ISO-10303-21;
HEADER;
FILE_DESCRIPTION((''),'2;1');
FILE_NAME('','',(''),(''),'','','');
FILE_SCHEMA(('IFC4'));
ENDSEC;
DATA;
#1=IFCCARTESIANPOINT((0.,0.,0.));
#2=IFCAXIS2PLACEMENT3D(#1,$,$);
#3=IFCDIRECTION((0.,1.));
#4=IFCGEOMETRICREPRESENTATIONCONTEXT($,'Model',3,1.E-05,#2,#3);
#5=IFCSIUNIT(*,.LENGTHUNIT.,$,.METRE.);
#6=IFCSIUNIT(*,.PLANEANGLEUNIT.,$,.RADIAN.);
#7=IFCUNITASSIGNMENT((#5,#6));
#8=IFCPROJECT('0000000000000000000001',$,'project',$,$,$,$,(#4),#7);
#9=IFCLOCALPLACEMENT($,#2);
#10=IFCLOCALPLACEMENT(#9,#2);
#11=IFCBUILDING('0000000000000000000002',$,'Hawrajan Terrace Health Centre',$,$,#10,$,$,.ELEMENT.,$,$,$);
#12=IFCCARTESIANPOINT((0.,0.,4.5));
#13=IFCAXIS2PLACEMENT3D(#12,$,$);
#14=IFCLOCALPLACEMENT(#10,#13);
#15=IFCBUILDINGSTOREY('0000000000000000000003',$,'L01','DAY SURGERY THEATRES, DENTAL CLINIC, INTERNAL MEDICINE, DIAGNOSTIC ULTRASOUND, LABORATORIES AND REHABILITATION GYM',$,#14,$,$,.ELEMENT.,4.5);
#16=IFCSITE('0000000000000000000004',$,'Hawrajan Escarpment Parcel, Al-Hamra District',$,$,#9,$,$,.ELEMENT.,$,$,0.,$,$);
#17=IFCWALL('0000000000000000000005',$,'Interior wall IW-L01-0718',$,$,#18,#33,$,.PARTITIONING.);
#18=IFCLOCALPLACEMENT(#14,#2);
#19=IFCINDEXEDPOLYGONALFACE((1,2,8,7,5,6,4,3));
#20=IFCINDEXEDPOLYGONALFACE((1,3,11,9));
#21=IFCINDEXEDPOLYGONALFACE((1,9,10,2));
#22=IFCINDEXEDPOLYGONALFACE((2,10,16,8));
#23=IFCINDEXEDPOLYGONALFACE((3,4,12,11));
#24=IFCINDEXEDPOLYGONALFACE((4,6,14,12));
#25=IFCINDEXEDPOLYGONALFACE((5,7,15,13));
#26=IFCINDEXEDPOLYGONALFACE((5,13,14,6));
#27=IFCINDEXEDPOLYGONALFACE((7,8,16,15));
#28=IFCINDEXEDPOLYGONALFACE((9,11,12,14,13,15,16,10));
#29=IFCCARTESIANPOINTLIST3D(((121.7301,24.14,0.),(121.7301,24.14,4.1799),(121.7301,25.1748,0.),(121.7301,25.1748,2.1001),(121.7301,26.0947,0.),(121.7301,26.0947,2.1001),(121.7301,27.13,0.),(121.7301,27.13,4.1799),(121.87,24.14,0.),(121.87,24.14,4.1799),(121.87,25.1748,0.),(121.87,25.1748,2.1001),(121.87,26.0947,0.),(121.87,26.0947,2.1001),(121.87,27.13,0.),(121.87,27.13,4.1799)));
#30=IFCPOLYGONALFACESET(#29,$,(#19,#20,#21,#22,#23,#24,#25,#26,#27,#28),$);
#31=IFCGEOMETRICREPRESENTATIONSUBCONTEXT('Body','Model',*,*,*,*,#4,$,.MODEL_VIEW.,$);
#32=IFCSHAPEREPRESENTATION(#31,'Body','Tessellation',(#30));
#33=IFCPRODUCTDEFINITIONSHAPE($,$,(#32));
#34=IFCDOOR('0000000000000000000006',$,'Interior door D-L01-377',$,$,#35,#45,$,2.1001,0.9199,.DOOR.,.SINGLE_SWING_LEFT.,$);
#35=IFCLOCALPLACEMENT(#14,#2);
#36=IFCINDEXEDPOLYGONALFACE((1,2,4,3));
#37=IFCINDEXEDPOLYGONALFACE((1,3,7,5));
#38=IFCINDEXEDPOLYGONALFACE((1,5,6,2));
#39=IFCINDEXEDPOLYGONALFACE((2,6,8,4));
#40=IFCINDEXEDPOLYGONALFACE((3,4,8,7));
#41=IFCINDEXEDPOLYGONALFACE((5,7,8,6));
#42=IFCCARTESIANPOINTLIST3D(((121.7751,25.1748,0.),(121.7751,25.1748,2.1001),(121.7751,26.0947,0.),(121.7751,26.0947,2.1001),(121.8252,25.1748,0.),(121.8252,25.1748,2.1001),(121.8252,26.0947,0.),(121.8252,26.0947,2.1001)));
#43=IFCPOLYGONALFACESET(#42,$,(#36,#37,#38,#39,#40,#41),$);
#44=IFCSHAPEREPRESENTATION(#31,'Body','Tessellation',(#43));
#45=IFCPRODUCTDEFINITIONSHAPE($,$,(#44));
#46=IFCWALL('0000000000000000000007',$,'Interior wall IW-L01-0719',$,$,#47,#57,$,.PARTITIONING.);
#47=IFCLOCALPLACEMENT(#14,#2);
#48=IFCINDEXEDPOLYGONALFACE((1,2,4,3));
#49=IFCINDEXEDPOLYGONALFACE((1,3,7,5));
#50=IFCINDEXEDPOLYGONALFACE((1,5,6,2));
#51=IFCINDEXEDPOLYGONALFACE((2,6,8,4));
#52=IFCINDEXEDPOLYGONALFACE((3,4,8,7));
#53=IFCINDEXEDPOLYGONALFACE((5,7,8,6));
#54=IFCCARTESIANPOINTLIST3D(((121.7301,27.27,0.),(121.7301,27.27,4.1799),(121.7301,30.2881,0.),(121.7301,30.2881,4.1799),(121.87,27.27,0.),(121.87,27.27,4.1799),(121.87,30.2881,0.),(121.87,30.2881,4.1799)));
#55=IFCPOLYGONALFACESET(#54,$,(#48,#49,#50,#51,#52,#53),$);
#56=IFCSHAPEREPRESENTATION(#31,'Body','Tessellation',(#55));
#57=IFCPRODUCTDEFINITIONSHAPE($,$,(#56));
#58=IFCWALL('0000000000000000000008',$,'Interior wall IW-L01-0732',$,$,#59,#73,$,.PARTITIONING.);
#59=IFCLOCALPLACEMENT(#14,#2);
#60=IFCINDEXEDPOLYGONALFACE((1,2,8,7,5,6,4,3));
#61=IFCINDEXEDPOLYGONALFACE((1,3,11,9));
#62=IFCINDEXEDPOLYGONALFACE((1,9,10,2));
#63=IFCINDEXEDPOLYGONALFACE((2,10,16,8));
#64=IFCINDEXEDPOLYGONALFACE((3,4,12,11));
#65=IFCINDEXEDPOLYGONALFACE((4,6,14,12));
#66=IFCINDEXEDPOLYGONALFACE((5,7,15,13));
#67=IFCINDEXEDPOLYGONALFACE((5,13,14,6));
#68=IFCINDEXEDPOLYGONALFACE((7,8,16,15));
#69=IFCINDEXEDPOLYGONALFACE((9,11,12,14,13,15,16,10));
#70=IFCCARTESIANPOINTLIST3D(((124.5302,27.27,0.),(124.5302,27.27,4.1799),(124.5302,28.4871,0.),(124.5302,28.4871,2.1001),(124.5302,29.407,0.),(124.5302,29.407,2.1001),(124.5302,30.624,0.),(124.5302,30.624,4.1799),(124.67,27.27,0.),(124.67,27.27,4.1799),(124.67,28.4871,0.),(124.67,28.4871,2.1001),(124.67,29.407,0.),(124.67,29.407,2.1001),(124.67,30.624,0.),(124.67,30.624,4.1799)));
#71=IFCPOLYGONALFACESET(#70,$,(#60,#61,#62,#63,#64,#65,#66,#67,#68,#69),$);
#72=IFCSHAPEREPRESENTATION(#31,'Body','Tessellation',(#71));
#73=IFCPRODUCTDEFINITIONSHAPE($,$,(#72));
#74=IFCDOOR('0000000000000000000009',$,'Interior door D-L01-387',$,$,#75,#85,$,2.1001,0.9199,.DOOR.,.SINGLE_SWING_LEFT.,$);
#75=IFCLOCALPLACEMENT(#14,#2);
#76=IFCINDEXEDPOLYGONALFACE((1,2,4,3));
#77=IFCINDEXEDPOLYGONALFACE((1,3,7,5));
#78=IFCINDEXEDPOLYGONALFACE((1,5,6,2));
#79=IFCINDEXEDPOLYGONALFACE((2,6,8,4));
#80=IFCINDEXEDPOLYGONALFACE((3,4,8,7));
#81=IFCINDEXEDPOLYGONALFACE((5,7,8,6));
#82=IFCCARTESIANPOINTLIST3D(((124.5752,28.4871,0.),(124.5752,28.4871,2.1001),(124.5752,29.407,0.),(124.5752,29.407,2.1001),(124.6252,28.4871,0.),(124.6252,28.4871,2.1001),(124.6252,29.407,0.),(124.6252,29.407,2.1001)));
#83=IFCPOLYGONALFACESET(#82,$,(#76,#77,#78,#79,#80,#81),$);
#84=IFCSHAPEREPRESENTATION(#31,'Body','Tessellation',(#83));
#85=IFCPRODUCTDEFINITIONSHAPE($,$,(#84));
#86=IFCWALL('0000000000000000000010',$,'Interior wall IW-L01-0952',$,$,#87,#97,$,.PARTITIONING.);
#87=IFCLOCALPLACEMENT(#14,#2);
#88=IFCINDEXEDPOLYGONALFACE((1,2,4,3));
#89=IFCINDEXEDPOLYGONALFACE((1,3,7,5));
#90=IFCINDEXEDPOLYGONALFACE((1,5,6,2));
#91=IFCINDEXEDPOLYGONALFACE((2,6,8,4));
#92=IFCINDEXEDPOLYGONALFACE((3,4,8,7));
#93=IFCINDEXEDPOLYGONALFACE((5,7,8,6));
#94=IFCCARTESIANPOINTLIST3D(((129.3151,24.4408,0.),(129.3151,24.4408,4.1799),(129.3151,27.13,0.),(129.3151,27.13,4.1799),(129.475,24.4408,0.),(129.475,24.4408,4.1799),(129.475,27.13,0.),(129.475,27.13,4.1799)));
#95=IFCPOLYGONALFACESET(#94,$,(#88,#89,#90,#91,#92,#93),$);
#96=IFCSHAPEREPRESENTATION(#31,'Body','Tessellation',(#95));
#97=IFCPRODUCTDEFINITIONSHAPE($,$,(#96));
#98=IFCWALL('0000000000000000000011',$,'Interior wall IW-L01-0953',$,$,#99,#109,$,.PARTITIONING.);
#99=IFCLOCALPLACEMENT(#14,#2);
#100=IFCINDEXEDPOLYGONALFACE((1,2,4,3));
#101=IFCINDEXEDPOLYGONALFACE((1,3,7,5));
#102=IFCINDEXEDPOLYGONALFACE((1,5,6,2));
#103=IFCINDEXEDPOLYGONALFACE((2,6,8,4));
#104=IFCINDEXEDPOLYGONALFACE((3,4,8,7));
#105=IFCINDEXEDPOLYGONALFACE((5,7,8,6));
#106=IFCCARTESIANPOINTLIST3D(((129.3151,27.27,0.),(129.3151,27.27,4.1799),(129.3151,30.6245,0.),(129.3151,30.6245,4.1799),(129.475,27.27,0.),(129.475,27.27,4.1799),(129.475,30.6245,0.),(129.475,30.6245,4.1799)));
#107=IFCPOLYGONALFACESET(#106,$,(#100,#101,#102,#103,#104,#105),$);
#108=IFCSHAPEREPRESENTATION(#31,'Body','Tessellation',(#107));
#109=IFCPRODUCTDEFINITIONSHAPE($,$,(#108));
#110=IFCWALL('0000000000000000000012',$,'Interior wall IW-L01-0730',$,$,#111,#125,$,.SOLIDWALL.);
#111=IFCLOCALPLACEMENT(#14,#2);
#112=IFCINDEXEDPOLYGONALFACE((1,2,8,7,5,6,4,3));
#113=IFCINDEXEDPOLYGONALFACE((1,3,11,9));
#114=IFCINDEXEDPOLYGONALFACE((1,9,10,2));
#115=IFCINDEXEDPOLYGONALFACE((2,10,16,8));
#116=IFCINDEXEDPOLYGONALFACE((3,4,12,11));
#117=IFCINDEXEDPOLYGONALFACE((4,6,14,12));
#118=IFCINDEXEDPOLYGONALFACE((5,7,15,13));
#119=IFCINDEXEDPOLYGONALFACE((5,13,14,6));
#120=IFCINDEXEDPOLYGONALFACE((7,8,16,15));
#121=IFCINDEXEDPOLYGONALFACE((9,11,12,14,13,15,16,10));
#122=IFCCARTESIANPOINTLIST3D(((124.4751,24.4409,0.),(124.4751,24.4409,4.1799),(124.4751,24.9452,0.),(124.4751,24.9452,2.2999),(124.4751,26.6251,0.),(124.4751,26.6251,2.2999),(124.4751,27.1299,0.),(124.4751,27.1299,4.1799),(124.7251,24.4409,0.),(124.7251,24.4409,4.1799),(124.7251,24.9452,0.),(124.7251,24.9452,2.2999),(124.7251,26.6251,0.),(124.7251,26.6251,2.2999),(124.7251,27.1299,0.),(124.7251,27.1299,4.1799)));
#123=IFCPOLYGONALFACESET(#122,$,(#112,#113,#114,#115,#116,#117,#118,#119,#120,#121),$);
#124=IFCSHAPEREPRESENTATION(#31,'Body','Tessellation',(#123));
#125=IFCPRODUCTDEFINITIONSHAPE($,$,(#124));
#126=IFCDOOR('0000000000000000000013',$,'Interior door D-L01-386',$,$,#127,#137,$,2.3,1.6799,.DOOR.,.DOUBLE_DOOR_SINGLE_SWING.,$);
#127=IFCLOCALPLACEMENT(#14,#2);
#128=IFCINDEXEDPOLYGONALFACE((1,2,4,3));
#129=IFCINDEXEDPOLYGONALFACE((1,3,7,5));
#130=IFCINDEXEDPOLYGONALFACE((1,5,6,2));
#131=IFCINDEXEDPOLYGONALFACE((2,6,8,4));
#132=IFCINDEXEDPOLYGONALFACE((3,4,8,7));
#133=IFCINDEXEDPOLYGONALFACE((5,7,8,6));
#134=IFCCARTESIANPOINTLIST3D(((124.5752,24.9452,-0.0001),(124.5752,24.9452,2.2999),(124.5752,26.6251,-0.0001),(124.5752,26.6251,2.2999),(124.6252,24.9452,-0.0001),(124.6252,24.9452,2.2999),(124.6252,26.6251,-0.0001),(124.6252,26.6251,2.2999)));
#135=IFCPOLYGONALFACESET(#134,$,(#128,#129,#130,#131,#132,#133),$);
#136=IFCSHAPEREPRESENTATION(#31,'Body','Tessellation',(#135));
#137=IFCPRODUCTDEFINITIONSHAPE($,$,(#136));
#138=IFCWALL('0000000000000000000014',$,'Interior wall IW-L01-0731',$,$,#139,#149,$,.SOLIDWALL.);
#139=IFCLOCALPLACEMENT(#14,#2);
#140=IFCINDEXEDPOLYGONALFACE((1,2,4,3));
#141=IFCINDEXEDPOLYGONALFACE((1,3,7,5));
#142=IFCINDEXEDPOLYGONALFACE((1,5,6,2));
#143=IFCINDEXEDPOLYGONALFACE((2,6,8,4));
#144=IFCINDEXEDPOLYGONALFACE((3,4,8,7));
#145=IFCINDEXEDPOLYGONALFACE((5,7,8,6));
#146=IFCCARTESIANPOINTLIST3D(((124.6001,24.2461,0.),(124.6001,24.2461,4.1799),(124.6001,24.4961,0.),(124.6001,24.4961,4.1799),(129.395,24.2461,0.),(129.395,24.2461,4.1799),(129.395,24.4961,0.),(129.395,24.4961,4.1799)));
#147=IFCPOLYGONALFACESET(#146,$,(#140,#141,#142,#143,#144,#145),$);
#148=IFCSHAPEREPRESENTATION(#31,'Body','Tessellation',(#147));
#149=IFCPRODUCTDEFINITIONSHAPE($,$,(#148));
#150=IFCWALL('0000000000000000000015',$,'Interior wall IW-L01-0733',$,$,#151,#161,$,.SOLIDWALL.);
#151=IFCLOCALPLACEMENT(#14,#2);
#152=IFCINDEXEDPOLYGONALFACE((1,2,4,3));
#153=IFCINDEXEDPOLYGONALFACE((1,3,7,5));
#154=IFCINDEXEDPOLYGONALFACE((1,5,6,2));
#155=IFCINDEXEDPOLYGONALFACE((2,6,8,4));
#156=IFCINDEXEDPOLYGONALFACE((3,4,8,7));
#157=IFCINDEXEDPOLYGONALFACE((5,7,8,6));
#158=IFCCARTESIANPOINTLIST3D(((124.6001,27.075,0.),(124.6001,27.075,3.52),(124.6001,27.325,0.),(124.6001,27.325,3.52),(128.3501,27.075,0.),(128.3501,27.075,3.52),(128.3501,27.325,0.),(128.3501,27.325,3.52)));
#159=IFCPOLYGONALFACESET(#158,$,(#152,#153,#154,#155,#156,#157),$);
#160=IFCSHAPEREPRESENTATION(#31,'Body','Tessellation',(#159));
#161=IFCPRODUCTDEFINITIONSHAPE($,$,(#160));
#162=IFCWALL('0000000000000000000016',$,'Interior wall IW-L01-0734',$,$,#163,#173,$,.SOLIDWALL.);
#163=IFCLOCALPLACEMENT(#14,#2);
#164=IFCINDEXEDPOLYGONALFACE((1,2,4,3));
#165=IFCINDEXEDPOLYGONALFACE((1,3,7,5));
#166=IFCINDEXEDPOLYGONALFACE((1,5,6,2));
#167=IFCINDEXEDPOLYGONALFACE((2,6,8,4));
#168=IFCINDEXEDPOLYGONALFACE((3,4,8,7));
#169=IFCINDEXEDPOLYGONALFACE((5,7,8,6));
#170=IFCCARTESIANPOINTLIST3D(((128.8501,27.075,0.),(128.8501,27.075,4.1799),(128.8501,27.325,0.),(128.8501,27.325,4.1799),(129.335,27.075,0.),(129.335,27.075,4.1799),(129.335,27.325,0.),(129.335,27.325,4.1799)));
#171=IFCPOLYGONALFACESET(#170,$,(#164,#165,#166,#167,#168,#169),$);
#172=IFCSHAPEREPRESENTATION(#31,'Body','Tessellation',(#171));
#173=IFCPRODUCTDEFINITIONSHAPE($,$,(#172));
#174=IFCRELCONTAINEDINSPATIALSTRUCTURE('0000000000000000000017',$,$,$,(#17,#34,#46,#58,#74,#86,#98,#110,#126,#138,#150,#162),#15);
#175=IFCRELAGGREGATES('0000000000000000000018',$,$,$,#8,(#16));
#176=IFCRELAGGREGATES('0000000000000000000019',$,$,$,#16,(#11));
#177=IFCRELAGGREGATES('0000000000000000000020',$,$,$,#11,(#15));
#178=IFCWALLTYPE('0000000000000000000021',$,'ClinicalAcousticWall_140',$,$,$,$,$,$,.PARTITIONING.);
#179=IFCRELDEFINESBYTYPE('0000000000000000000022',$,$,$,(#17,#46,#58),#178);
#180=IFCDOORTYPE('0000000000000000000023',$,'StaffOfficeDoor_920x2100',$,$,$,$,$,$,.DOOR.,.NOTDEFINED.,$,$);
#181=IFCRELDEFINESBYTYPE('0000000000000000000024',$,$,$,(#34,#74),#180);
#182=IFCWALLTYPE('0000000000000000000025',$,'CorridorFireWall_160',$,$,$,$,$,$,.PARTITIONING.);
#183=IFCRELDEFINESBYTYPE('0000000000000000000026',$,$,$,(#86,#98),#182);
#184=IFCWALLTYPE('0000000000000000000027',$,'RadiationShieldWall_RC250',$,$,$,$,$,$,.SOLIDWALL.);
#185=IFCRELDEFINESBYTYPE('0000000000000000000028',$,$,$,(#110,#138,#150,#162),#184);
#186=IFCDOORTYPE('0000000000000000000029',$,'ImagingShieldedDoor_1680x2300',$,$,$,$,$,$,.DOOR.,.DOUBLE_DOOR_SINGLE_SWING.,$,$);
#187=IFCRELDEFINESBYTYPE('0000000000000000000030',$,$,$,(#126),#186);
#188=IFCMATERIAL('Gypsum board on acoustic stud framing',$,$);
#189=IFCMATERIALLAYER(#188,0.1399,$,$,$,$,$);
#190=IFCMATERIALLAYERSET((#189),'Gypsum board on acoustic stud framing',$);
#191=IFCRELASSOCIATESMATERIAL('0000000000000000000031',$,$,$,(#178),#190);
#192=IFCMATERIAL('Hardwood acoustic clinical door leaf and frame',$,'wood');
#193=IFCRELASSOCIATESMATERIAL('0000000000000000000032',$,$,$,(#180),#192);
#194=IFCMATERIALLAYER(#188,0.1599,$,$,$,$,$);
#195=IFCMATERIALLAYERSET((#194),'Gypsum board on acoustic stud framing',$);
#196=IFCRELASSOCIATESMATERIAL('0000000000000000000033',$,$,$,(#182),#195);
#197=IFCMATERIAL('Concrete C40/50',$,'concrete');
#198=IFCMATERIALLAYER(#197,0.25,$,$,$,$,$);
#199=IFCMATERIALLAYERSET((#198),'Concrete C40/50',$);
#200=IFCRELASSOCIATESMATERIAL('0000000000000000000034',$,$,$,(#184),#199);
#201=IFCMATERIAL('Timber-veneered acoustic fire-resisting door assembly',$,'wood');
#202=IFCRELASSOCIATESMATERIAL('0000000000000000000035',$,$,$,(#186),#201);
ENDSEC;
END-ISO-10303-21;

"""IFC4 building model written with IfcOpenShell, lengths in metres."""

from ifc_helpers import new_model, si_unit, direction, frame, frame_2d, origin, place, context, subcontext, project, spatial, rectangle, extrude, material, layer, layer_set, type_object, element, fill, save


model = new_model("IFC4")

# Units and contexts
model_context = context("Model", 3, precision=1e-05, world=origin(), true_north=direction((0.0, 1.0)))
body_context = subcontext(model_context, "Body", "Model", "MODEL_VIEW")
ifc_project = project(units=[si_unit("LENGTHUNIT", "METRE"), si_unit("PLANEANGLEUNIT", "RADIAN")], contexts=[model_context])

# Site, building, storey
site_placement = place(None, origin())
site = spatial("IfcSite", under=ifc_project, at=site_placement, Name="Hawrajan Escarpment Parcel, Al-Hamra District", CompositionType="ELEMENT", RefElevation=0.0)
building_placement = place(site_placement, origin())
building = spatial("IfcBuilding", under=site, at=building_placement, Name="Hawrajan Terrace Health Centre", CompositionType="ELEMENT")
storey_placement = place(building_placement, frame((0.0, 0.0, 4.5)))
storey = spatial("IfcBuildingStorey", under=building, at=storey_placement, Name="L01", Description="DAY SURGERY THEATRES, DENTAL CLINIC, INTERNAL MEDICINE, DIAGNOSTIC ULTRASOUND, LABORATORIES AND REHABILITATION GYM", CompositionType="ELEMENT", Elevation=4.5)

# Shared definitions
ifc_material_1 = material(Name="Concrete C40/50", Category="concrete")

# Wall, opening, door
ifc_material_2 = material(Name="Gypsum board on acoustic stud framing")
ifc_layer_1 = layer(ifc_material_2, 0.1399)
ifc_layer_set_1 = layer_set([ifc_layer_1], Name="Gypsum board on acoustic stud framing")
wall_type_1 = type_object("IfcWallType", Name="ClinicalAcousticWall_140", PredefinedType="PARTITIONING", material=ifc_layer_set_1)
wall_1_placement = place(storey_placement, frame((121.8, 24.1399, 0.0), z_axis=(0.0, 0.0, 1.0), x_axis=(0.0, 1.0, 0.0)))
wall_1 = element("IfcWall", 1, at=wall_1_placement, inside=storey, type_object=wall_type_1, Name="Interior wall IW-L01-0718", PredefinedType="PARTITIONING", context=body_context, shape_type="SweptSolid", body=[
    extrude(rectangle(XDim=2.99, YDim=0.1399, at=frame_2d((1.4951, 0.0))), origin(), (0.0, 0.0, 1.0), 4.1799),
])
opening_1_placement = place(wall_1_placement, frame((1.0349, 0.0, 0.0)))
opening_1 = element("IfcOpeningElement", 2, at=opening_1_placement, cuts=wall_1, PredefinedType="OPENING", context=body_context, shape_type="SweptSolid", body=[
    extrude(rectangle(XDim=0.9199, YDim=2.1001, at=frame_2d((0.46, 1.05))), frame((0.0, 0.0798, 0.0), z_axis=(0.0, -1.0, 0.0), x_axis=(1.0, 0.0, 0.0)), (0.0, 0.0, 1.0), 0.1599),
])
ifc_material_3 = material(Name="Hardwood acoustic clinical door leaf and frame", Category="wood")
door_type_1 = type_object("IfcDoorType", Name="StaffOfficeDoor_920x2100", OperationType="NOTDEFINED", PredefinedType="DOOR", material=ifc_material_3)
door_1_placement = place(opening_1_placement, origin())
door_1 = element("IfcDoor", 3, at=door_1_placement, inside=storey, type_object=door_type_1, Name="Interior door D-L01-377", OperationType="SINGLE_SWING_LEFT", OverallHeight=2.1001, OverallWidth=0.9199, PredefinedType="DOOR", context=body_context, shape_type="SweptSolid", body=[
    extrude(rectangle(XDim=0.9199, YDim=2.1001, at=frame_2d((0.46, 1.05))), frame((0.0, 0.0249, 0.0), z_axis=(0.0, -1.0, 0.0), x_axis=(1.0, 0.0, 0.0)), (0.0, 0.0, 1.0), 0.05),
])
fill(opening_1, door_1)

# Wall
wall_2_placement = place(storey_placement, frame((121.8, 27.27, 0.0), z_axis=(0.0, 0.0, 1.0), x_axis=(0.0, 1.0, 0.0)))
element("IfcWall", 4, at=wall_2_placement, inside=storey, type_object=wall_type_1, Name="Interior wall IW-L01-0719", PredefinedType="PARTITIONING", context=body_context, shape_type="SweptSolid", body=[
    extrude(rectangle(XDim=3.0181, YDim=0.1399, at=frame_2d((1.509, 0.0))), origin(), (0.0, 0.0, 1.0), 4.1799),
])

# Wall, opening, door
wall_3_placement = place(storey_placement, frame((124.6001, 27.27, 0.0), z_axis=(0.0, 0.0, 1.0), x_axis=(0.0, 1.0, 0.0)))
wall_3 = element("IfcWall", 5, at=wall_3_placement, inside=storey, type_object=wall_type_1, Name="Interior wall IW-L01-0732", PredefinedType="PARTITIONING", context=body_context, shape_type="SweptSolid", body=[
    extrude(rectangle(XDim=3.354, YDim=0.1399, at=frame_2d((1.677, 0.0))), origin(), (0.0, 0.0, 1.0), 4.1799),
])
opening_2_placement = place(wall_3_placement, frame((1.217, 0.0, 0.0)))
opening_2 = element("IfcOpeningElement", 6, at=opening_2_placement, cuts=wall_3, PredefinedType="OPENING", context=body_context, shape_type="SweptSolid", body=[
    extrude(rectangle(XDim=0.9199, YDim=2.1001, at=frame_2d((0.46, 1.05))), frame((0.0, 0.0798, 0.0), z_axis=(0.0, -1.0, 0.0), x_axis=(1.0, 0.0, 0.0)), (0.0, 0.0, 1.0), 0.1599),
])
door_2_placement = place(opening_2_placement, origin())
door_2 = element("IfcDoor", 7, at=door_2_placement, inside=storey, type_object=door_type_1, Name="Interior door D-L01-387", OperationType="SINGLE_SWING_LEFT", OverallHeight=2.1001, OverallWidth=0.9199, PredefinedType="DOOR", context=body_context, shape_type="SweptSolid", body=[
    extrude(rectangle(XDim=0.9199, YDim=2.1001, at=frame_2d((0.46, 1.05))), frame((0.0, 0.0249, 0.0), z_axis=(0.0, -1.0, 0.0), x_axis=(1.0, 0.0, 0.0)), (0.0, 0.0, 1.0), 0.05),
])
fill(opening_2, door_2)

# Walls
ifc_layer_2 = layer(ifc_material_2, 0.1599)
ifc_layer_set_2 = layer_set([ifc_layer_2], Name="Gypsum board on acoustic stud framing")
wall_type_2 = type_object("IfcWallType", Name="CorridorFireWall_160", PredefinedType="PARTITIONING", material=ifc_layer_set_2)
wall_4_placement = place(storey_placement, frame((129.395, 24.4407, 0.0), z_axis=(0.0, 0.0, 1.0), x_axis=(0.0, 1.0, 0.0)))
element("IfcWall", 8, at=wall_4_placement, inside=storey, type_object=wall_type_2, Name="Interior wall IW-L01-0952", PredefinedType="PARTITIONING", context=body_context, shape_type="SweptSolid", body=[
    extrude(rectangle(XDim=2.6892, YDim=0.1599, at=frame_2d((1.3447, 0.0))), origin(), (0.0, 0.0, 1.0), 4.1799),
])
wall_5_placement = place(storey_placement, frame((129.395, 27.27, 0.0), z_axis=(0.0, 0.0, 1.0), x_axis=(0.0, 1.0, 0.0)))
element("IfcWall", 9, at=wall_5_placement, inside=storey, type_object=wall_type_2, Name="Interior wall IW-L01-0953", PredefinedType="PARTITIONING", context=body_context, shape_type="SweptSolid", body=[
    extrude(rectangle(XDim=3.3545, YDim=0.1599, at=frame_2d((1.6772, 0.0))), origin(), (0.0, 0.0, 1.0), 4.1799),
])

# Wall, opening, door
ifc_layer_3 = layer(ifc_material_1, 0.25)
ifc_layer_set_3 = layer_set([ifc_layer_3], Name="Concrete C40/50")
wall_type_3 = type_object("IfcWallType", Name="RadiationShieldWall_RC250", PredefinedType="SOLIDWALL", material=ifc_layer_set_3)
wall_6_placement = place(storey_placement, frame((124.6001, 24.4409, 0.0), z_axis=(0.0, 0.0, 1.0), x_axis=(0.0, 1.0, 0.0)))
wall_6 = element("IfcWall", 10, at=wall_6_placement, inside=storey, type_object=wall_type_3, Name="Interior wall IW-L01-0730", PredefinedType="SOLIDWALL", context=body_context, shape_type="SweptSolid", body=[
    extrude(rectangle(XDim=2.689, YDim=0.25, at=frame_2d((1.3445, 0.0))), origin(), (0.0, 0.0, 1.0), 4.1799),
])
opening_3_placement = place(wall_6_placement, frame((0.5044, 0.0, 0.0)))
opening_3 = element("IfcOpeningElement", 11, at=opening_3_placement, cuts=wall_6, PredefinedType="OPENING", context=body_context, shape_type="SweptSolid", body=[
    extrude(rectangle(XDim=1.6799, YDim=2.3, at=frame_2d((0.8398, 1.1499))), frame((0.0, 0.135, 0.0), z_axis=(0.0, -1.0, 0.0), x_axis=(1.0, 0.0, 0.0)), (0.0, 0.0, 1.0), 0.27),
])
ifc_material_4 = material(Name="Timber-veneered acoustic fire-resisting door assembly", Category="wood")
door_type_2 = type_object("IfcDoorType", Name="ImagingShieldedDoor_1680x2300", OperationType="DOUBLE_DOOR_SINGLE_SWING", PredefinedType="DOOR", material=ifc_material_4)
door_3_placement = place(opening_3_placement, origin())
door_3 = element("IfcDoor", 12, at=door_3_placement, inside=storey, type_object=door_type_2, Name="Interior door D-L01-386", OperationType="DOUBLE_DOOR_SINGLE_SWING", OverallHeight=2.3, OverallWidth=1.6799, PredefinedType="DOOR", context=body_context, shape_type="SweptSolid", body=[
    extrude(rectangle(XDim=1.6799, YDim=2.3, at=frame_2d((0.8398, 1.1499))), frame((0.0, 0.0249, 0.0), z_axis=(0.0, -1.0, 0.0), x_axis=(1.0, 0.0, 0.0)), (0.0, 0.0, 1.0), 0.05),
])
fill(opening_3, door_3)

# Walls
wall_7_placement = place(storey_placement, frame((124.6001, 24.3711, 0.0), z_axis=(0.0, 0.0, 1.0), x_axis=(1.0, 0.0, 0.0)))
element("IfcWall", 13, at=wall_7_placement, inside=storey, type_object=wall_type_3, Name="Interior wall IW-L01-0731", PredefinedType="SOLIDWALL", context=body_context, shape_type="SweptSolid", body=[
    extrude(rectangle(XDim=4.7949, YDim=0.25, at=frame_2d((2.3975, 0.0))), origin(), (0.0, 0.0, 1.0), 4.1799),
])
wall_8_placement = place(storey_placement, frame((124.6001, 27.2, 0.0), z_axis=(0.0, 0.0, 1.0), x_axis=(1.0, 0.0, 0.0)))
element("IfcWall", 14, at=wall_8_placement, inside=storey, type_object=wall_type_3, Name="Interior wall IW-L01-0733", PredefinedType="SOLIDWALL", context=body_context, shape_type="SweptSolid", body=[
    extrude(rectangle(XDim=3.75, YDim=0.25, at=frame_2d((1.875, 0.0))), origin(), (0.0, 0.0, 1.0), 3.52),
])
wall_9_placement = place(storey_placement, frame((128.8501, 27.2, 0.0), z_axis=(0.0, 0.0, 1.0), x_axis=(1.0, 0.0, 0.0)))
element("IfcWall", 15, at=wall_9_placement, inside=storey, type_object=wall_type_3, Name="Interior wall IW-L01-0734", PredefinedType="SOLIDWALL", context=body_context, shape_type="SweptSolid", body=[
    extrude(rectangle(XDim=0.4849, YDim=0.25, at=frame_2d((0.2424, 0.0))), origin(), (0.0, 0.0, 1.0), 4.1799),
])

save(model, "model.ifc")
